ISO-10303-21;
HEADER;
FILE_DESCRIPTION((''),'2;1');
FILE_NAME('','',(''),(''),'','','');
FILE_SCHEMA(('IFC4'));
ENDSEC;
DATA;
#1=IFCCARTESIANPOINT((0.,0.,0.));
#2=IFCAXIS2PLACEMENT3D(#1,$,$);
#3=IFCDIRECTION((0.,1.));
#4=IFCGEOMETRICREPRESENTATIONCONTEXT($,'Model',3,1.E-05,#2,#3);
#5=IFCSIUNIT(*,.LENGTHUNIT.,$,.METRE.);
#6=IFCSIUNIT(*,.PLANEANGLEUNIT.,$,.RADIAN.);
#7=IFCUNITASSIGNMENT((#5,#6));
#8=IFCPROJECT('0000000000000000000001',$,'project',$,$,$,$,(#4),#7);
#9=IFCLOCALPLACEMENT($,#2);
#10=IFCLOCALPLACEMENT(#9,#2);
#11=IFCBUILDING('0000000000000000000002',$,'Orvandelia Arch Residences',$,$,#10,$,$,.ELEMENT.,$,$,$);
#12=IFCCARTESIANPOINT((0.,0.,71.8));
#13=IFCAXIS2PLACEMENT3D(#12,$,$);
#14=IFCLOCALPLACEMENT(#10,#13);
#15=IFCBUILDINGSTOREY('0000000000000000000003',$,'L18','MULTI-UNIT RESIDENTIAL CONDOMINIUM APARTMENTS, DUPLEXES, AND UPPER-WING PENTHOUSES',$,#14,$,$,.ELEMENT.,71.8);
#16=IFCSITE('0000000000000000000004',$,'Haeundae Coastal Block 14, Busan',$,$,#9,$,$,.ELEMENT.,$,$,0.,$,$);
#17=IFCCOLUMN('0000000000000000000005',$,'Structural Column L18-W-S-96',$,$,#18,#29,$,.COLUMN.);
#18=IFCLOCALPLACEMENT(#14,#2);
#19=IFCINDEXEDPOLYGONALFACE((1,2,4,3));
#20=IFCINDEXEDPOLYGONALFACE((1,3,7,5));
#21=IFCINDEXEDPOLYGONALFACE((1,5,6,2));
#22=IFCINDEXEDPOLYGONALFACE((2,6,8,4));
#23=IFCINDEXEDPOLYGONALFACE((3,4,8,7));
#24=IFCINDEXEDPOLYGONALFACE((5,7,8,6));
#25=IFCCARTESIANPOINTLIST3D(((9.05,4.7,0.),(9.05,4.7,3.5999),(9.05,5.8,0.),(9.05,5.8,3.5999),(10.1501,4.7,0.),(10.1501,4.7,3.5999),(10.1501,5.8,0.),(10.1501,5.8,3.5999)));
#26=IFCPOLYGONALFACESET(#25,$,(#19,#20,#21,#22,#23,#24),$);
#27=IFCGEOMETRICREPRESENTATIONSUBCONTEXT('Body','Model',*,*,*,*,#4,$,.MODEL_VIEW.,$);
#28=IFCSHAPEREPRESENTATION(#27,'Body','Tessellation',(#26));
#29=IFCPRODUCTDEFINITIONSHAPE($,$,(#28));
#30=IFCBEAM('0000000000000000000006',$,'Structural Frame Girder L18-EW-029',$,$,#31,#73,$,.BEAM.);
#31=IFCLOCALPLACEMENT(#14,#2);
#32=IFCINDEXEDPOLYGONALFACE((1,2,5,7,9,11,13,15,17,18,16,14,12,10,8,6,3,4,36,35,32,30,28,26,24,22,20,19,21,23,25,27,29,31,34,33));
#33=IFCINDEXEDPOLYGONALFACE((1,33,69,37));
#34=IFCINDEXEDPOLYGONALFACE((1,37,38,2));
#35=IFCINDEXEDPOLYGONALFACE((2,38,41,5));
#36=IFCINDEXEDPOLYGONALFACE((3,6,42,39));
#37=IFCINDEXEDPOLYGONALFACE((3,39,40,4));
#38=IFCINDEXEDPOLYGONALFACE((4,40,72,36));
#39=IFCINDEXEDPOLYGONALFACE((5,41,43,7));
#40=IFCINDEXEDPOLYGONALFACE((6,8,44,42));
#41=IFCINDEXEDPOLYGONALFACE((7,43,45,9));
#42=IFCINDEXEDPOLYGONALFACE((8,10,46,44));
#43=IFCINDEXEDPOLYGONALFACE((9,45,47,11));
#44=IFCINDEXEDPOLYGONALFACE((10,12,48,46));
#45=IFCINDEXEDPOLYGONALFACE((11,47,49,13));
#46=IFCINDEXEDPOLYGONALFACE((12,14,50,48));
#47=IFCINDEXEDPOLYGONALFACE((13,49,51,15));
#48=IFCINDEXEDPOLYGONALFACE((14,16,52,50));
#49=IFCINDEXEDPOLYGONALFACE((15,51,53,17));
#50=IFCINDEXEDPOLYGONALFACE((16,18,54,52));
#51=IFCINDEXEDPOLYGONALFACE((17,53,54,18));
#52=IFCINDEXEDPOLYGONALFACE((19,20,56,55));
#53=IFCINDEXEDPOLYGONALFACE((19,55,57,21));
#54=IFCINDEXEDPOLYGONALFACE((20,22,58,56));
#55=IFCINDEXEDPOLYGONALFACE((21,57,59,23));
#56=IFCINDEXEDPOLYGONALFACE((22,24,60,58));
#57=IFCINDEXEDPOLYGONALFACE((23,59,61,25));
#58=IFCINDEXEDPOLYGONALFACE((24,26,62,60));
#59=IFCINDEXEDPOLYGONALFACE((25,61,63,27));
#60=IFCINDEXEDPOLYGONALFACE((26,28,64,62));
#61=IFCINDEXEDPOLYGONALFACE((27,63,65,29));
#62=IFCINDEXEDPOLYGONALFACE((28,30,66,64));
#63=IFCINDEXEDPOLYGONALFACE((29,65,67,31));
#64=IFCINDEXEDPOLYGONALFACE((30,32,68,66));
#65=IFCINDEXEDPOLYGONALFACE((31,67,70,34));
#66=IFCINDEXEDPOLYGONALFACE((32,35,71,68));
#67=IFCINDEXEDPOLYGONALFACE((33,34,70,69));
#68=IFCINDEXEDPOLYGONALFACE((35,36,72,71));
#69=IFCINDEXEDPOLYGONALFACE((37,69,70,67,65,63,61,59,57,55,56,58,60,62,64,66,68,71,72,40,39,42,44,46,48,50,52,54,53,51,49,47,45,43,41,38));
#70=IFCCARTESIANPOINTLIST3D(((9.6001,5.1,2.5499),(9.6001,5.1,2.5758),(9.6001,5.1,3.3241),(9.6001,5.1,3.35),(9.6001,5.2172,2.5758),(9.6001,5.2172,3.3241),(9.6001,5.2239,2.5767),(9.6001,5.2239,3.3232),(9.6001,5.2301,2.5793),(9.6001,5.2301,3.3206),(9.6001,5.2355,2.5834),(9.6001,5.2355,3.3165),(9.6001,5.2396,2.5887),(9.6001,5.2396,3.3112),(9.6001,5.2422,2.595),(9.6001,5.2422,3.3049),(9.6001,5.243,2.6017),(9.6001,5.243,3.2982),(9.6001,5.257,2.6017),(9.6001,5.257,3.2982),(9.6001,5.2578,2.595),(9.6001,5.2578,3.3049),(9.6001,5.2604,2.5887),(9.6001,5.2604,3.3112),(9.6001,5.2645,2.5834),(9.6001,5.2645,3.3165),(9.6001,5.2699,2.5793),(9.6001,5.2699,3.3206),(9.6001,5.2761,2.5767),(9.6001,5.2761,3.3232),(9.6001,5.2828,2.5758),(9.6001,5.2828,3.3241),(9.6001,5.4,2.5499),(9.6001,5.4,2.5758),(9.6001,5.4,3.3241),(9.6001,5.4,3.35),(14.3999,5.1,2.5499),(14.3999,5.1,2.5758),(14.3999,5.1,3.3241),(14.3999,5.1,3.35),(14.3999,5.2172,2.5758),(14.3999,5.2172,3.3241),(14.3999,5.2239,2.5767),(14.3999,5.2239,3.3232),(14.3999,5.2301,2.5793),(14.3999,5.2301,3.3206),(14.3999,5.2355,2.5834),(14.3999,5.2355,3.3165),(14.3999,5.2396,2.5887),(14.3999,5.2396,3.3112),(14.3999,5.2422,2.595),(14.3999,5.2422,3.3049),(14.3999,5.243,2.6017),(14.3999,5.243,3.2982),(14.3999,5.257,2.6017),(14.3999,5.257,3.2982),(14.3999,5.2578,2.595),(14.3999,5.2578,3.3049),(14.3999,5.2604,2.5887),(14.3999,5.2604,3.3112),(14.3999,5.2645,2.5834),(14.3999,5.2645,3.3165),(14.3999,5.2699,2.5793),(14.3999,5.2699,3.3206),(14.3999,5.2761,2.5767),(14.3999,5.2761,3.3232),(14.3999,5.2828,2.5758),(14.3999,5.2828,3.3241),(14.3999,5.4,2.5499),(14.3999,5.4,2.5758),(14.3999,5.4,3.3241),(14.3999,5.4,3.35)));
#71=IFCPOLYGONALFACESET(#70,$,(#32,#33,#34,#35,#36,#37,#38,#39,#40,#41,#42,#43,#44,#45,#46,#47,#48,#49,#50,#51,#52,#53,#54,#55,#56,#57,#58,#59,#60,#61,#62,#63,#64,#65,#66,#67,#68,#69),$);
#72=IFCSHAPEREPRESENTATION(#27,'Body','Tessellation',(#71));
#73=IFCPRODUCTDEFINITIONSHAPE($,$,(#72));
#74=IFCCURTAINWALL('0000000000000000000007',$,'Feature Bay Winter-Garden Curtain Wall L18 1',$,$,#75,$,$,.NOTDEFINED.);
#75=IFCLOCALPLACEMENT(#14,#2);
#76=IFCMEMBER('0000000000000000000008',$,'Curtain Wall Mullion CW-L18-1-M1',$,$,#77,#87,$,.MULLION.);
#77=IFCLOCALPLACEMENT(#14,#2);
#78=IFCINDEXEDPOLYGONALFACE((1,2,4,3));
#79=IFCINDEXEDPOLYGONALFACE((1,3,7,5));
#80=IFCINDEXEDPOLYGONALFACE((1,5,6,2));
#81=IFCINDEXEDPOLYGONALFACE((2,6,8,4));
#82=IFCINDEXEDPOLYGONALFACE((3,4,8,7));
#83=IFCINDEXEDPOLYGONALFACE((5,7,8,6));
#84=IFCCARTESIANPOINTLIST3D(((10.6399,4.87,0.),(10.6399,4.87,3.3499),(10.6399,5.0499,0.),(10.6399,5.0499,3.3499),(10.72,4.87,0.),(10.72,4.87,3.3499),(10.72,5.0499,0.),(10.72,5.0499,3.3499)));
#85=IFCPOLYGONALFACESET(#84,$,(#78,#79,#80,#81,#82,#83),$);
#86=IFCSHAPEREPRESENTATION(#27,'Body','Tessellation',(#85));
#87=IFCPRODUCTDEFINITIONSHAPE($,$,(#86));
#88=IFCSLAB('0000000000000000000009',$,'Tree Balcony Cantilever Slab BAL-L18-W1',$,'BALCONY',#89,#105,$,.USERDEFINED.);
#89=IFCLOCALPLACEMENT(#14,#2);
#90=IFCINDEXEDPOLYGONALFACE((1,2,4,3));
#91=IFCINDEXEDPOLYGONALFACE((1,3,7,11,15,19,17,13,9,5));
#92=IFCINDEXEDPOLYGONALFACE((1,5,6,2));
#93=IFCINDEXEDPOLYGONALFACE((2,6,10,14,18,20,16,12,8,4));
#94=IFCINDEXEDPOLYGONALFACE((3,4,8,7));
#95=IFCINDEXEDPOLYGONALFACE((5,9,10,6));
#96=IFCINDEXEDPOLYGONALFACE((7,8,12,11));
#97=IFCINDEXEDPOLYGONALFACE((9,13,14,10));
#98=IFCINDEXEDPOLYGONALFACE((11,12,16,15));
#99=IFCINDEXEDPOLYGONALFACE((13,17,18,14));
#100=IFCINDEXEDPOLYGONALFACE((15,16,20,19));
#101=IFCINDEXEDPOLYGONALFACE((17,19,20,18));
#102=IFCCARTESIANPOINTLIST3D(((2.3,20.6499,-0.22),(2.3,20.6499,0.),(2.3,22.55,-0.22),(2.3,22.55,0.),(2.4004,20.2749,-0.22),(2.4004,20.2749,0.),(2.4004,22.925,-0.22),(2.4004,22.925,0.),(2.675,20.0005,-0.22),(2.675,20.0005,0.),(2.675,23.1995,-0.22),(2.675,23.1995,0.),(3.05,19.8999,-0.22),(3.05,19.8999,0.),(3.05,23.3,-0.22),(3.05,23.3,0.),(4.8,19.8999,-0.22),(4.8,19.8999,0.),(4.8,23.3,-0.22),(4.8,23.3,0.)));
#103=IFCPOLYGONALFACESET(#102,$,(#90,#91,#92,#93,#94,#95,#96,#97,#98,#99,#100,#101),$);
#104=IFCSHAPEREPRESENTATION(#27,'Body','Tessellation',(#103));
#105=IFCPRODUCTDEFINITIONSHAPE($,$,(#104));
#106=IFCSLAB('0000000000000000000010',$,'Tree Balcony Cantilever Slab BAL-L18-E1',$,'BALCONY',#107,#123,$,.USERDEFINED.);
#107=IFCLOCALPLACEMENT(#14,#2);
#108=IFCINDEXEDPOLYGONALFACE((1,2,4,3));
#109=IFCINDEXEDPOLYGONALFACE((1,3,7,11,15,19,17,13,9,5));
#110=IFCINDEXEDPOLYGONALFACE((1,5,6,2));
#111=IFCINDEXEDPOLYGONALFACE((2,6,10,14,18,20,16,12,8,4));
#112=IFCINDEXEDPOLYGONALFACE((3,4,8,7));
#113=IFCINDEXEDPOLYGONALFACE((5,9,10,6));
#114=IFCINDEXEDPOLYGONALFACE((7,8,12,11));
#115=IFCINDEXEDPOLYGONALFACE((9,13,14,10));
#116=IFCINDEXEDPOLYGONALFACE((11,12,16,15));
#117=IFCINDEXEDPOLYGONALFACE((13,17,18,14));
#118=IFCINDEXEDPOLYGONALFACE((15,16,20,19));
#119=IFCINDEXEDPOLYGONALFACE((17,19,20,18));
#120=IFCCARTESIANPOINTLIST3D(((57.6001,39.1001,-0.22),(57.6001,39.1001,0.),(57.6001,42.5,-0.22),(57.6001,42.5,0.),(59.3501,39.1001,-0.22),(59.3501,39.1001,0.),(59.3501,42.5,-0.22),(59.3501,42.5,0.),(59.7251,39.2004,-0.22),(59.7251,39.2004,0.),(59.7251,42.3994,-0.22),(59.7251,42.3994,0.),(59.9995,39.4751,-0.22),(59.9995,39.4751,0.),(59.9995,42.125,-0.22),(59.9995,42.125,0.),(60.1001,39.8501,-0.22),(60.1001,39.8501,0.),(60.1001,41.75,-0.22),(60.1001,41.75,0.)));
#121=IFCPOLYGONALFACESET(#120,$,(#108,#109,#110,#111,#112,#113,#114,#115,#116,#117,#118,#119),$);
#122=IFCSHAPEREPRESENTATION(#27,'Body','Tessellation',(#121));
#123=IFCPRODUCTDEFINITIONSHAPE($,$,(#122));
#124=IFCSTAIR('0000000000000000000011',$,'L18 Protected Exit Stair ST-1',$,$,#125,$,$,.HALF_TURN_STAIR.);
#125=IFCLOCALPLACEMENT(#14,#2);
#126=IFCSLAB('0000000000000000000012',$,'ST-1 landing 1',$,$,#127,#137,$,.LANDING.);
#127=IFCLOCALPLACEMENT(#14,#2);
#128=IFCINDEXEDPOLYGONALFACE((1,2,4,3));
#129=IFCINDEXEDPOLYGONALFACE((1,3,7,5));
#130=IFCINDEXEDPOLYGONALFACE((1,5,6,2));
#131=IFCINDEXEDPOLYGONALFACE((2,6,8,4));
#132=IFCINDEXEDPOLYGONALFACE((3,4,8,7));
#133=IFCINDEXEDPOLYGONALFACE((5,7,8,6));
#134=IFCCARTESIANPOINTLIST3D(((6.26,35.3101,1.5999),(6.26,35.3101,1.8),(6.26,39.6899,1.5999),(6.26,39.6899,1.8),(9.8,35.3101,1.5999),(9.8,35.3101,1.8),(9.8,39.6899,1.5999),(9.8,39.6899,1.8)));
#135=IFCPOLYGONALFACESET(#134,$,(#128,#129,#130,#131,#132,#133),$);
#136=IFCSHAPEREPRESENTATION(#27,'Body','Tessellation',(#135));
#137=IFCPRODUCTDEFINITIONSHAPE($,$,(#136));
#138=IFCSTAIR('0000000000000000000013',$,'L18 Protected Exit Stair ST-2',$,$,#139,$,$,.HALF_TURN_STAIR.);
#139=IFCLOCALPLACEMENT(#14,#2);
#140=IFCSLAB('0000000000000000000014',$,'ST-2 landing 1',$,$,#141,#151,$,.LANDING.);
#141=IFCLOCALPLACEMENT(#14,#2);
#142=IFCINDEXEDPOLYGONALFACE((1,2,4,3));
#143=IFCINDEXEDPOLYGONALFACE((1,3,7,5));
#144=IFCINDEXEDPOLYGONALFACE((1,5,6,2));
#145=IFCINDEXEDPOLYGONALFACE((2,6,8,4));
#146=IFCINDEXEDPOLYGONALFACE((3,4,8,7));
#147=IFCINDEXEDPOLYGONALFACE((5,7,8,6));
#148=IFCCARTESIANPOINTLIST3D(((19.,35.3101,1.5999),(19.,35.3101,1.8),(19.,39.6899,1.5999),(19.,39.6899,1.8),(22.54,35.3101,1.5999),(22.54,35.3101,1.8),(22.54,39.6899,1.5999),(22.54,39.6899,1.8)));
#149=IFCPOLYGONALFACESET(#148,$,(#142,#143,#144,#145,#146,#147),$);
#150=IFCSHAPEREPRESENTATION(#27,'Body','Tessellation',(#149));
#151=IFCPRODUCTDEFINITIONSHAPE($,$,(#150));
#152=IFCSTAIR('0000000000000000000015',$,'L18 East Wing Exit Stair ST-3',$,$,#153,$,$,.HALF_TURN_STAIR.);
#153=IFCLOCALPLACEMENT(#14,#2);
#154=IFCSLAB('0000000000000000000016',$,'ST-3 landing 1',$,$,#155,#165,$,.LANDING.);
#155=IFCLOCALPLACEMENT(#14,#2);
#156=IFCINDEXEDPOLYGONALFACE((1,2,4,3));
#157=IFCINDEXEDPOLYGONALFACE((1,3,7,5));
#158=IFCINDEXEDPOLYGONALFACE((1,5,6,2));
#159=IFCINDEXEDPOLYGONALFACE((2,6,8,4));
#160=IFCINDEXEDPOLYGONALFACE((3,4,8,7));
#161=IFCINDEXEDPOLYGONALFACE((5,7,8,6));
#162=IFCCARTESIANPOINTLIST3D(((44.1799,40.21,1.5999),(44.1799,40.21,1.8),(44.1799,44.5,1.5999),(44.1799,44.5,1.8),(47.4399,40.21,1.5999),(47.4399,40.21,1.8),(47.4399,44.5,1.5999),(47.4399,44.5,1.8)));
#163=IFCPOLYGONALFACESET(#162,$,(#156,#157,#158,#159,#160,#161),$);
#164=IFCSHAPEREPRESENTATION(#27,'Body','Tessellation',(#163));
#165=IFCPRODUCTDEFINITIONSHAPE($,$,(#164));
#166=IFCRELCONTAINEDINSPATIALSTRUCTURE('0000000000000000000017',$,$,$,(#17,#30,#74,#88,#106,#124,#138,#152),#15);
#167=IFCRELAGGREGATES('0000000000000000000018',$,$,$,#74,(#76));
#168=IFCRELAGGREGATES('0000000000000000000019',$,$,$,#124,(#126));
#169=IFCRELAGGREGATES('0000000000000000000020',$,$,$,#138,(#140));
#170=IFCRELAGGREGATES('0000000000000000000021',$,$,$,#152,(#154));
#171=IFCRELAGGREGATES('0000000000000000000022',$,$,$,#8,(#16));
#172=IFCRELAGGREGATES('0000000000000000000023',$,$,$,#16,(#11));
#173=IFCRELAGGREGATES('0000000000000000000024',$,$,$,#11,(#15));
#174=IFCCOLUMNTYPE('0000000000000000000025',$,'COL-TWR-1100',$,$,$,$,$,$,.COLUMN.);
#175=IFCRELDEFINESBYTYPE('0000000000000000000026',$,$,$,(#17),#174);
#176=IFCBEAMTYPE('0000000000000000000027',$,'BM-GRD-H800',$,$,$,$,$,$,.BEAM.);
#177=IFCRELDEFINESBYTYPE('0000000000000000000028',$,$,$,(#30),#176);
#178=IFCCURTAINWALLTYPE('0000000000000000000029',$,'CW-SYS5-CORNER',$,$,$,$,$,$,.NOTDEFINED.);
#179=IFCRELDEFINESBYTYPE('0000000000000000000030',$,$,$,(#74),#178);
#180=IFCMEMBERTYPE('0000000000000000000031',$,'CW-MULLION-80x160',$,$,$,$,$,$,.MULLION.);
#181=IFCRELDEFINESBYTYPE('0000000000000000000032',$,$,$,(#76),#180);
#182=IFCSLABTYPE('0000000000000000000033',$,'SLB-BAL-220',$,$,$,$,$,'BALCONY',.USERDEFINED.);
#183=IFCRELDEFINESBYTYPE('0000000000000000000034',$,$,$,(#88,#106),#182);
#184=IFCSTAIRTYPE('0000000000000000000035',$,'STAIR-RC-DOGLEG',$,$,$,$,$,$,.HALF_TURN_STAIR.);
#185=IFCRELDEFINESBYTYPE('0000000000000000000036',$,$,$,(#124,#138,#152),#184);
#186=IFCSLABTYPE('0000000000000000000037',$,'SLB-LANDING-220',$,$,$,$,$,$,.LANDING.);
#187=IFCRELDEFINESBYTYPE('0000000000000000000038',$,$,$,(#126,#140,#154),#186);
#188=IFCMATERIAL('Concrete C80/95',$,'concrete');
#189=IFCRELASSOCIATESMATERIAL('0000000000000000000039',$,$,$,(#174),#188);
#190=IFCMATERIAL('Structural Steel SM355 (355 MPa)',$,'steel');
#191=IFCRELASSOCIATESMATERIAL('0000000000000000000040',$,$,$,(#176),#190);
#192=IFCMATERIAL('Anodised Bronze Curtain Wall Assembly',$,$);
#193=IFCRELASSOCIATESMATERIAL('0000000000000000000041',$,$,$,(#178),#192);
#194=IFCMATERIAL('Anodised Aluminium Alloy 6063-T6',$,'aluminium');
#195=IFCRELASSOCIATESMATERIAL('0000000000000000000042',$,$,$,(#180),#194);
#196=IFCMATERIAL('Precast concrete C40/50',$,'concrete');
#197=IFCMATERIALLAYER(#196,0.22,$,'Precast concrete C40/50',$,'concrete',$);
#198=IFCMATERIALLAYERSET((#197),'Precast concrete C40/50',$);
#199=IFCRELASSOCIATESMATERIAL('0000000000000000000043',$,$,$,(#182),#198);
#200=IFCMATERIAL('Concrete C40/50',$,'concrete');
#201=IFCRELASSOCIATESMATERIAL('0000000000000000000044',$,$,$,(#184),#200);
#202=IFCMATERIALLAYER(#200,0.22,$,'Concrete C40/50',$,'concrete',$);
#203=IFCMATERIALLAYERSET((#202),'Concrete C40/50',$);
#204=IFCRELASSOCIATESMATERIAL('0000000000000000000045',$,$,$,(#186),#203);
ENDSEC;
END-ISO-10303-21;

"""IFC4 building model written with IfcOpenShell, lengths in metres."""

from ifc_helpers import new_model, si_unit, direction, frame, origin, origin_2d, place, context, subcontext, project, spatial, polyline, rectangle, i_section, outline, extrude, material, layer, layer_set, material_profile, profile_set, type_object, element, aggregate, save


model = new_model("IFC4")

# Units and contexts
model_context = context("Model", 3, precision=1e-05, world=origin(), true_north=direction((0.0, 1.0)))
body_context = subcontext(model_context, "Body", "Model", "MODEL_VIEW")
ifc_project = project(units=[si_unit("LENGTHUNIT", "METRE"), si_unit("PLANEANGLEUNIT", "RADIAN")], contexts=[model_context])

# Site, building, storey
site_placement = place(None, origin())
site = spatial("IfcSite", under=ifc_project, at=site_placement, Name="Haeundae Coastal Block 14, Busan", CompositionType="ELEMENT", RefElevation=0.0)
building_placement = place(site_placement, origin())
building = spatial("IfcBuilding", under=site, at=building_placement, Name="Orvandelia Arch Residences", CompositionType="ELEMENT")
storey_placement = place(building_placement, frame((0.0, 0.0, 71.8)))
storey = spatial("IfcBuildingStorey", under=building, at=storey_placement, Name="L18", Description="MULTI-UNIT RESIDENTIAL CONDOMINIUM APARTMENTS, DUPLEXES, AND UPPER-WING PENTHOUSES", CompositionType="ELEMENT", Elevation=71.8)

# Column
ifc_material_1 = material(Name="Concrete C80/95", Category="concrete")
ifc_material_profile_1 = material_profile(ifc_material_1, rectangle(XDim=1.1001, YDim=1.1001, at=origin_2d()), Name="Concrete C80/95", Category="concrete")
ifc_profile_set_1 = profile_set([ifc_material_profile_1], Name="Concrete C80/95")
column_type = type_object("IfcColumnType", Name="COL-TWR-1100", PredefinedType="COLUMN", material=ifc_profile_set_1)
column_placement = place(storey_placement, frame((9.6001, 5.25, 0.0), z_axis=(0.0, 0.0, 1.0), x_axis=(1.0, 0.0, 0.0)))
element("IfcColumn", 1, at=column_placement, inside=storey, type_object=column_type, Name="Structural Column L18-W-S-96", PredefinedType="COLUMN", context=body_context, shape_type="SweptSolid", body=[
    extrude(rectangle(XDim=1.1001, YDim=1.1001, at=origin_2d()), origin(), (0.0, 0.0, 1.0), 3.5999),
])

# Beam
ifc_material_2 = material(Name="Structural Steel SM355 (355 MPa)", Category="steel")
ifc_material_profile_2 = material_profile(ifc_material_2, i_section(OverallWidth=0.3, OverallDepth=0.8, WebThickness=0.0139, FlangeThickness=0.0259, FilletRadius=0.0259, at=origin_2d()), Name="Structural Steel SM355 (355 MPa)", Category="steel")
ifc_profile_set_2 = profile_set([ifc_material_profile_2], Name="Structural Steel SM355 (355 MPa)")
beam_type = type_object("IfcBeamType", Name="BM-GRD-H800", PredefinedType="BEAM", material=ifc_profile_set_2)
beam_placement = place(storey_placement, frame((9.6001, 5.25, 2.95), z_axis=(1.0, 0.0, 0.0), x_axis=(0.0, 1.0, 0.0)))
element("IfcBeam", 2, at=beam_placement, inside=storey, type_object=beam_type, Name="Structural Frame Girder L18-EW-029", PredefinedType="BEAM", context=body_context, shape_type="SweptSolid", body=[
    extrude(i_section(OverallWidth=0.3, OverallDepth=0.8, WebThickness=0.0139, FlangeThickness=0.0259, FilletRadius=0.0259, at=origin_2d()), origin(), (0.0, 0.0, 1.0), 4.7998),
])

# Curtain wall, member
ifc_material_3 = material(Name="Anodised Bronze Curtain Wall Assembly")
curtain_wall_type = type_object("IfcCurtainWallType", Name="CW-SYS5-CORNER", PredefinedType="NOTDEFINED", material=ifc_material_3)
curtain_wall_placement = place(storey_placement, origin())
curtain_wall = element("IfcCurtainWall", 3, at=curtain_wall_placement, inside=storey, type_object=curtain_wall_type, Name="Feature Bay Winter-Garden Curtain Wall L18 1", PredefinedType="NOTDEFINED")
ifc_material_4 = material(Name="Anodised Aluminium Alloy 6063-T6", Category="aluminium")
ifc_material_profile_3 = material_profile(ifc_material_4, rectangle(XDim=0.0801, YDim=0.1799, at=origin_2d()), Name="Anodised Aluminium Alloy 6063-T6", Category="aluminium")
ifc_profile_set_3 = profile_set([ifc_material_profile_3], Name="Anodised Aluminium Alloy 6063-T6")
member_type = type_object("IfcMemberType", Name="CW-MULLION-80x160", PredefinedType="MULLION", material=ifc_profile_set_3)
member_placement = place(storey_placement, frame((10.6799, 4.96, 0.0), z_axis=(0.0, 0.0, 1.0), x_axis=(1.0, 0.0, 0.0)))
member = element("IfcMember", 4, at=member_placement, type_object=member_type, Name="Curtain Wall Mullion CW-L18-1-M1", PredefinedType="MULLION", context=body_context, shape_type="SweptSolid", body=[
    extrude(rectangle(XDim=0.0801, YDim=0.1799, at=origin_2d()), origin(), (0.0, 0.0, 1.0), 3.3499),
])
aggregate(curtain_wall, [member])

# Slabs
ifc_material_5 = material(Name="Precast concrete C40/50", Category="concrete")
ifc_layer_1 = layer(ifc_material_5, 0.22, Name="Precast concrete C40/50", Category="concrete")
ifc_layer_set_1 = layer_set([ifc_layer_1], Name="Precast concrete C40/50")
slab_type_1 = type_object("IfcSlabType", Name="SLB-BAL-220", ElementType="BALCONY", PredefinedType="USERDEFINED", material=ifc_layer_set_1)
slab_1_placement = place(storey_placement, frame((0.0, 0.0, -0.22)))
element("IfcSlab", 5, at=slab_1_placement, inside=storey, type_object=slab_type_1, Name="Tree Balcony Cantilever Slab BAL-L18-W1", ObjectType="BALCONY", PredefinedType="USERDEFINED", context=body_context, shape_type="SweptSolid", body=[
    extrude(outline(polyline([(4.8, 19.8999), (4.8, 23.3), (3.05, 23.3), (2.675, 23.1995), (2.4004, 22.925), (2.3, 22.55), (2.3, 20.6499), (2.4004, 20.2749), (2.675, 20.0005), (3.05, 19.8999), (4.8, 19.8999)])), origin(), (0.0, 0.0, 1.0), 0.22),
])
slab_2_placement = place(storey_placement, frame((0.0, 0.0, -0.22)))
element("IfcSlab", 6, at=slab_2_placement, inside=storey, type_object=slab_type_1, Name="Tree Balcony Cantilever Slab BAL-L18-E1", ObjectType="BALCONY", PredefinedType="USERDEFINED", context=body_context, shape_type="SweptSolid", body=[
    extrude(outline(polyline([(57.6001, 42.5), (57.6001, 39.1001), (59.3501, 39.1001), (59.7251, 39.2004), (59.9995, 39.4751), (60.1001, 39.8501), (60.1001, 41.75), (59.9995, 42.125), (59.7251, 42.3994), (59.3501, 42.5), (57.6001, 42.5)])), origin(), (0.0, 0.0, 1.0), 0.22),
])

# Stairs, slabs
ifc_material_6 = material(Name="Concrete C40/50", Category="concrete")
stair_type = type_object("IfcStairType", Name="STAIR-RC-DOGLEG", PredefinedType="HALF_TURN_STAIR", material=ifc_material_6)
stair_1_placement = place(storey_placement, origin())
stair_1 = element("IfcStair", 7, at=stair_1_placement, inside=storey, type_object=stair_type, Name="L18 Protected Exit Stair ST-1", PredefinedType="HALF_TURN_STAIR")
ifc_layer_2 = layer(ifc_material_6, 0.22, Name="Concrete C40/50", Category="concrete")
ifc_layer_set_2 = layer_set([ifc_layer_2], Name="Concrete C40/50")
slab_type_2 = type_object("IfcSlabType", Name="SLB-LANDING-220", PredefinedType="LANDING", material=ifc_layer_set_2)
slab_3_placement = place(storey_placement, frame((0.0, 0.0, 1.5999)))
slab_3 = element("IfcSlab", 8, at=slab_3_placement, type_object=slab_type_2, Name="ST-1 landing 1", PredefinedType="LANDING", context=body_context, shape_type="SweptSolid", body=[
    extrude(outline(polyline([(9.8, 35.3101), (9.8, 39.6899), (6.26, 39.6899), (6.26, 35.3101), (9.8, 35.3101)])), origin(), (0.0, 0.0, 1.0), 0.2002),
])
aggregate(stair_1, [slab_3])
stair_2_placement = place(storey_placement, origin())
stair_2 = element("IfcStair", 9, at=stair_2_placement, inside=storey, type_object=stair_type, Name="L18 Protected Exit Stair ST-2", PredefinedType="HALF_TURN_STAIR")
slab_4_placement = place(storey_placement, frame((0.0, 0.0, 1.5999)))
slab_4 = element("IfcSlab", 10, at=slab_4_placement, type_object=slab_type_2, Name="ST-2 landing 1", PredefinedType="LANDING", context=body_context, shape_type="SweptSolid", body=[
    extrude(outline(polyline([(22.54, 35.3101), (22.54, 39.6899), (19.0, 39.6899), (19.0, 35.3101), (22.54, 35.3101)])), origin(), (0.0, 0.0, 1.0), 0.2002),
])
aggregate(stair_2, [slab_4])
stair_3_placement = place(storey_placement, origin())
stair_3 = element("IfcStair", 11, at=stair_3_placement, inside=storey, type_object=stair_type, Name="L18 East Wing Exit Stair ST-3", PredefinedType="HALF_TURN_STAIR")
slab_5_placement = place(storey_placement, frame((0.0, 0.0, 1.5999)))
slab_5 = element("IfcSlab", 12, at=slab_5_placement, type_object=slab_type_2, Name="ST-3 landing 1", PredefinedType="LANDING", context=body_context, shape_type="SweptSolid", body=[
    extrude(outline(polyline([(47.4399, 40.21), (47.4399, 44.5), (44.1799, 44.5), (44.1799, 40.21), (47.4399, 40.21)])), origin(), (0.0, 0.0, 1.0), 0.2002),
])
aggregate(stair_3, [slab_5])

save(model, "model.ifc")
